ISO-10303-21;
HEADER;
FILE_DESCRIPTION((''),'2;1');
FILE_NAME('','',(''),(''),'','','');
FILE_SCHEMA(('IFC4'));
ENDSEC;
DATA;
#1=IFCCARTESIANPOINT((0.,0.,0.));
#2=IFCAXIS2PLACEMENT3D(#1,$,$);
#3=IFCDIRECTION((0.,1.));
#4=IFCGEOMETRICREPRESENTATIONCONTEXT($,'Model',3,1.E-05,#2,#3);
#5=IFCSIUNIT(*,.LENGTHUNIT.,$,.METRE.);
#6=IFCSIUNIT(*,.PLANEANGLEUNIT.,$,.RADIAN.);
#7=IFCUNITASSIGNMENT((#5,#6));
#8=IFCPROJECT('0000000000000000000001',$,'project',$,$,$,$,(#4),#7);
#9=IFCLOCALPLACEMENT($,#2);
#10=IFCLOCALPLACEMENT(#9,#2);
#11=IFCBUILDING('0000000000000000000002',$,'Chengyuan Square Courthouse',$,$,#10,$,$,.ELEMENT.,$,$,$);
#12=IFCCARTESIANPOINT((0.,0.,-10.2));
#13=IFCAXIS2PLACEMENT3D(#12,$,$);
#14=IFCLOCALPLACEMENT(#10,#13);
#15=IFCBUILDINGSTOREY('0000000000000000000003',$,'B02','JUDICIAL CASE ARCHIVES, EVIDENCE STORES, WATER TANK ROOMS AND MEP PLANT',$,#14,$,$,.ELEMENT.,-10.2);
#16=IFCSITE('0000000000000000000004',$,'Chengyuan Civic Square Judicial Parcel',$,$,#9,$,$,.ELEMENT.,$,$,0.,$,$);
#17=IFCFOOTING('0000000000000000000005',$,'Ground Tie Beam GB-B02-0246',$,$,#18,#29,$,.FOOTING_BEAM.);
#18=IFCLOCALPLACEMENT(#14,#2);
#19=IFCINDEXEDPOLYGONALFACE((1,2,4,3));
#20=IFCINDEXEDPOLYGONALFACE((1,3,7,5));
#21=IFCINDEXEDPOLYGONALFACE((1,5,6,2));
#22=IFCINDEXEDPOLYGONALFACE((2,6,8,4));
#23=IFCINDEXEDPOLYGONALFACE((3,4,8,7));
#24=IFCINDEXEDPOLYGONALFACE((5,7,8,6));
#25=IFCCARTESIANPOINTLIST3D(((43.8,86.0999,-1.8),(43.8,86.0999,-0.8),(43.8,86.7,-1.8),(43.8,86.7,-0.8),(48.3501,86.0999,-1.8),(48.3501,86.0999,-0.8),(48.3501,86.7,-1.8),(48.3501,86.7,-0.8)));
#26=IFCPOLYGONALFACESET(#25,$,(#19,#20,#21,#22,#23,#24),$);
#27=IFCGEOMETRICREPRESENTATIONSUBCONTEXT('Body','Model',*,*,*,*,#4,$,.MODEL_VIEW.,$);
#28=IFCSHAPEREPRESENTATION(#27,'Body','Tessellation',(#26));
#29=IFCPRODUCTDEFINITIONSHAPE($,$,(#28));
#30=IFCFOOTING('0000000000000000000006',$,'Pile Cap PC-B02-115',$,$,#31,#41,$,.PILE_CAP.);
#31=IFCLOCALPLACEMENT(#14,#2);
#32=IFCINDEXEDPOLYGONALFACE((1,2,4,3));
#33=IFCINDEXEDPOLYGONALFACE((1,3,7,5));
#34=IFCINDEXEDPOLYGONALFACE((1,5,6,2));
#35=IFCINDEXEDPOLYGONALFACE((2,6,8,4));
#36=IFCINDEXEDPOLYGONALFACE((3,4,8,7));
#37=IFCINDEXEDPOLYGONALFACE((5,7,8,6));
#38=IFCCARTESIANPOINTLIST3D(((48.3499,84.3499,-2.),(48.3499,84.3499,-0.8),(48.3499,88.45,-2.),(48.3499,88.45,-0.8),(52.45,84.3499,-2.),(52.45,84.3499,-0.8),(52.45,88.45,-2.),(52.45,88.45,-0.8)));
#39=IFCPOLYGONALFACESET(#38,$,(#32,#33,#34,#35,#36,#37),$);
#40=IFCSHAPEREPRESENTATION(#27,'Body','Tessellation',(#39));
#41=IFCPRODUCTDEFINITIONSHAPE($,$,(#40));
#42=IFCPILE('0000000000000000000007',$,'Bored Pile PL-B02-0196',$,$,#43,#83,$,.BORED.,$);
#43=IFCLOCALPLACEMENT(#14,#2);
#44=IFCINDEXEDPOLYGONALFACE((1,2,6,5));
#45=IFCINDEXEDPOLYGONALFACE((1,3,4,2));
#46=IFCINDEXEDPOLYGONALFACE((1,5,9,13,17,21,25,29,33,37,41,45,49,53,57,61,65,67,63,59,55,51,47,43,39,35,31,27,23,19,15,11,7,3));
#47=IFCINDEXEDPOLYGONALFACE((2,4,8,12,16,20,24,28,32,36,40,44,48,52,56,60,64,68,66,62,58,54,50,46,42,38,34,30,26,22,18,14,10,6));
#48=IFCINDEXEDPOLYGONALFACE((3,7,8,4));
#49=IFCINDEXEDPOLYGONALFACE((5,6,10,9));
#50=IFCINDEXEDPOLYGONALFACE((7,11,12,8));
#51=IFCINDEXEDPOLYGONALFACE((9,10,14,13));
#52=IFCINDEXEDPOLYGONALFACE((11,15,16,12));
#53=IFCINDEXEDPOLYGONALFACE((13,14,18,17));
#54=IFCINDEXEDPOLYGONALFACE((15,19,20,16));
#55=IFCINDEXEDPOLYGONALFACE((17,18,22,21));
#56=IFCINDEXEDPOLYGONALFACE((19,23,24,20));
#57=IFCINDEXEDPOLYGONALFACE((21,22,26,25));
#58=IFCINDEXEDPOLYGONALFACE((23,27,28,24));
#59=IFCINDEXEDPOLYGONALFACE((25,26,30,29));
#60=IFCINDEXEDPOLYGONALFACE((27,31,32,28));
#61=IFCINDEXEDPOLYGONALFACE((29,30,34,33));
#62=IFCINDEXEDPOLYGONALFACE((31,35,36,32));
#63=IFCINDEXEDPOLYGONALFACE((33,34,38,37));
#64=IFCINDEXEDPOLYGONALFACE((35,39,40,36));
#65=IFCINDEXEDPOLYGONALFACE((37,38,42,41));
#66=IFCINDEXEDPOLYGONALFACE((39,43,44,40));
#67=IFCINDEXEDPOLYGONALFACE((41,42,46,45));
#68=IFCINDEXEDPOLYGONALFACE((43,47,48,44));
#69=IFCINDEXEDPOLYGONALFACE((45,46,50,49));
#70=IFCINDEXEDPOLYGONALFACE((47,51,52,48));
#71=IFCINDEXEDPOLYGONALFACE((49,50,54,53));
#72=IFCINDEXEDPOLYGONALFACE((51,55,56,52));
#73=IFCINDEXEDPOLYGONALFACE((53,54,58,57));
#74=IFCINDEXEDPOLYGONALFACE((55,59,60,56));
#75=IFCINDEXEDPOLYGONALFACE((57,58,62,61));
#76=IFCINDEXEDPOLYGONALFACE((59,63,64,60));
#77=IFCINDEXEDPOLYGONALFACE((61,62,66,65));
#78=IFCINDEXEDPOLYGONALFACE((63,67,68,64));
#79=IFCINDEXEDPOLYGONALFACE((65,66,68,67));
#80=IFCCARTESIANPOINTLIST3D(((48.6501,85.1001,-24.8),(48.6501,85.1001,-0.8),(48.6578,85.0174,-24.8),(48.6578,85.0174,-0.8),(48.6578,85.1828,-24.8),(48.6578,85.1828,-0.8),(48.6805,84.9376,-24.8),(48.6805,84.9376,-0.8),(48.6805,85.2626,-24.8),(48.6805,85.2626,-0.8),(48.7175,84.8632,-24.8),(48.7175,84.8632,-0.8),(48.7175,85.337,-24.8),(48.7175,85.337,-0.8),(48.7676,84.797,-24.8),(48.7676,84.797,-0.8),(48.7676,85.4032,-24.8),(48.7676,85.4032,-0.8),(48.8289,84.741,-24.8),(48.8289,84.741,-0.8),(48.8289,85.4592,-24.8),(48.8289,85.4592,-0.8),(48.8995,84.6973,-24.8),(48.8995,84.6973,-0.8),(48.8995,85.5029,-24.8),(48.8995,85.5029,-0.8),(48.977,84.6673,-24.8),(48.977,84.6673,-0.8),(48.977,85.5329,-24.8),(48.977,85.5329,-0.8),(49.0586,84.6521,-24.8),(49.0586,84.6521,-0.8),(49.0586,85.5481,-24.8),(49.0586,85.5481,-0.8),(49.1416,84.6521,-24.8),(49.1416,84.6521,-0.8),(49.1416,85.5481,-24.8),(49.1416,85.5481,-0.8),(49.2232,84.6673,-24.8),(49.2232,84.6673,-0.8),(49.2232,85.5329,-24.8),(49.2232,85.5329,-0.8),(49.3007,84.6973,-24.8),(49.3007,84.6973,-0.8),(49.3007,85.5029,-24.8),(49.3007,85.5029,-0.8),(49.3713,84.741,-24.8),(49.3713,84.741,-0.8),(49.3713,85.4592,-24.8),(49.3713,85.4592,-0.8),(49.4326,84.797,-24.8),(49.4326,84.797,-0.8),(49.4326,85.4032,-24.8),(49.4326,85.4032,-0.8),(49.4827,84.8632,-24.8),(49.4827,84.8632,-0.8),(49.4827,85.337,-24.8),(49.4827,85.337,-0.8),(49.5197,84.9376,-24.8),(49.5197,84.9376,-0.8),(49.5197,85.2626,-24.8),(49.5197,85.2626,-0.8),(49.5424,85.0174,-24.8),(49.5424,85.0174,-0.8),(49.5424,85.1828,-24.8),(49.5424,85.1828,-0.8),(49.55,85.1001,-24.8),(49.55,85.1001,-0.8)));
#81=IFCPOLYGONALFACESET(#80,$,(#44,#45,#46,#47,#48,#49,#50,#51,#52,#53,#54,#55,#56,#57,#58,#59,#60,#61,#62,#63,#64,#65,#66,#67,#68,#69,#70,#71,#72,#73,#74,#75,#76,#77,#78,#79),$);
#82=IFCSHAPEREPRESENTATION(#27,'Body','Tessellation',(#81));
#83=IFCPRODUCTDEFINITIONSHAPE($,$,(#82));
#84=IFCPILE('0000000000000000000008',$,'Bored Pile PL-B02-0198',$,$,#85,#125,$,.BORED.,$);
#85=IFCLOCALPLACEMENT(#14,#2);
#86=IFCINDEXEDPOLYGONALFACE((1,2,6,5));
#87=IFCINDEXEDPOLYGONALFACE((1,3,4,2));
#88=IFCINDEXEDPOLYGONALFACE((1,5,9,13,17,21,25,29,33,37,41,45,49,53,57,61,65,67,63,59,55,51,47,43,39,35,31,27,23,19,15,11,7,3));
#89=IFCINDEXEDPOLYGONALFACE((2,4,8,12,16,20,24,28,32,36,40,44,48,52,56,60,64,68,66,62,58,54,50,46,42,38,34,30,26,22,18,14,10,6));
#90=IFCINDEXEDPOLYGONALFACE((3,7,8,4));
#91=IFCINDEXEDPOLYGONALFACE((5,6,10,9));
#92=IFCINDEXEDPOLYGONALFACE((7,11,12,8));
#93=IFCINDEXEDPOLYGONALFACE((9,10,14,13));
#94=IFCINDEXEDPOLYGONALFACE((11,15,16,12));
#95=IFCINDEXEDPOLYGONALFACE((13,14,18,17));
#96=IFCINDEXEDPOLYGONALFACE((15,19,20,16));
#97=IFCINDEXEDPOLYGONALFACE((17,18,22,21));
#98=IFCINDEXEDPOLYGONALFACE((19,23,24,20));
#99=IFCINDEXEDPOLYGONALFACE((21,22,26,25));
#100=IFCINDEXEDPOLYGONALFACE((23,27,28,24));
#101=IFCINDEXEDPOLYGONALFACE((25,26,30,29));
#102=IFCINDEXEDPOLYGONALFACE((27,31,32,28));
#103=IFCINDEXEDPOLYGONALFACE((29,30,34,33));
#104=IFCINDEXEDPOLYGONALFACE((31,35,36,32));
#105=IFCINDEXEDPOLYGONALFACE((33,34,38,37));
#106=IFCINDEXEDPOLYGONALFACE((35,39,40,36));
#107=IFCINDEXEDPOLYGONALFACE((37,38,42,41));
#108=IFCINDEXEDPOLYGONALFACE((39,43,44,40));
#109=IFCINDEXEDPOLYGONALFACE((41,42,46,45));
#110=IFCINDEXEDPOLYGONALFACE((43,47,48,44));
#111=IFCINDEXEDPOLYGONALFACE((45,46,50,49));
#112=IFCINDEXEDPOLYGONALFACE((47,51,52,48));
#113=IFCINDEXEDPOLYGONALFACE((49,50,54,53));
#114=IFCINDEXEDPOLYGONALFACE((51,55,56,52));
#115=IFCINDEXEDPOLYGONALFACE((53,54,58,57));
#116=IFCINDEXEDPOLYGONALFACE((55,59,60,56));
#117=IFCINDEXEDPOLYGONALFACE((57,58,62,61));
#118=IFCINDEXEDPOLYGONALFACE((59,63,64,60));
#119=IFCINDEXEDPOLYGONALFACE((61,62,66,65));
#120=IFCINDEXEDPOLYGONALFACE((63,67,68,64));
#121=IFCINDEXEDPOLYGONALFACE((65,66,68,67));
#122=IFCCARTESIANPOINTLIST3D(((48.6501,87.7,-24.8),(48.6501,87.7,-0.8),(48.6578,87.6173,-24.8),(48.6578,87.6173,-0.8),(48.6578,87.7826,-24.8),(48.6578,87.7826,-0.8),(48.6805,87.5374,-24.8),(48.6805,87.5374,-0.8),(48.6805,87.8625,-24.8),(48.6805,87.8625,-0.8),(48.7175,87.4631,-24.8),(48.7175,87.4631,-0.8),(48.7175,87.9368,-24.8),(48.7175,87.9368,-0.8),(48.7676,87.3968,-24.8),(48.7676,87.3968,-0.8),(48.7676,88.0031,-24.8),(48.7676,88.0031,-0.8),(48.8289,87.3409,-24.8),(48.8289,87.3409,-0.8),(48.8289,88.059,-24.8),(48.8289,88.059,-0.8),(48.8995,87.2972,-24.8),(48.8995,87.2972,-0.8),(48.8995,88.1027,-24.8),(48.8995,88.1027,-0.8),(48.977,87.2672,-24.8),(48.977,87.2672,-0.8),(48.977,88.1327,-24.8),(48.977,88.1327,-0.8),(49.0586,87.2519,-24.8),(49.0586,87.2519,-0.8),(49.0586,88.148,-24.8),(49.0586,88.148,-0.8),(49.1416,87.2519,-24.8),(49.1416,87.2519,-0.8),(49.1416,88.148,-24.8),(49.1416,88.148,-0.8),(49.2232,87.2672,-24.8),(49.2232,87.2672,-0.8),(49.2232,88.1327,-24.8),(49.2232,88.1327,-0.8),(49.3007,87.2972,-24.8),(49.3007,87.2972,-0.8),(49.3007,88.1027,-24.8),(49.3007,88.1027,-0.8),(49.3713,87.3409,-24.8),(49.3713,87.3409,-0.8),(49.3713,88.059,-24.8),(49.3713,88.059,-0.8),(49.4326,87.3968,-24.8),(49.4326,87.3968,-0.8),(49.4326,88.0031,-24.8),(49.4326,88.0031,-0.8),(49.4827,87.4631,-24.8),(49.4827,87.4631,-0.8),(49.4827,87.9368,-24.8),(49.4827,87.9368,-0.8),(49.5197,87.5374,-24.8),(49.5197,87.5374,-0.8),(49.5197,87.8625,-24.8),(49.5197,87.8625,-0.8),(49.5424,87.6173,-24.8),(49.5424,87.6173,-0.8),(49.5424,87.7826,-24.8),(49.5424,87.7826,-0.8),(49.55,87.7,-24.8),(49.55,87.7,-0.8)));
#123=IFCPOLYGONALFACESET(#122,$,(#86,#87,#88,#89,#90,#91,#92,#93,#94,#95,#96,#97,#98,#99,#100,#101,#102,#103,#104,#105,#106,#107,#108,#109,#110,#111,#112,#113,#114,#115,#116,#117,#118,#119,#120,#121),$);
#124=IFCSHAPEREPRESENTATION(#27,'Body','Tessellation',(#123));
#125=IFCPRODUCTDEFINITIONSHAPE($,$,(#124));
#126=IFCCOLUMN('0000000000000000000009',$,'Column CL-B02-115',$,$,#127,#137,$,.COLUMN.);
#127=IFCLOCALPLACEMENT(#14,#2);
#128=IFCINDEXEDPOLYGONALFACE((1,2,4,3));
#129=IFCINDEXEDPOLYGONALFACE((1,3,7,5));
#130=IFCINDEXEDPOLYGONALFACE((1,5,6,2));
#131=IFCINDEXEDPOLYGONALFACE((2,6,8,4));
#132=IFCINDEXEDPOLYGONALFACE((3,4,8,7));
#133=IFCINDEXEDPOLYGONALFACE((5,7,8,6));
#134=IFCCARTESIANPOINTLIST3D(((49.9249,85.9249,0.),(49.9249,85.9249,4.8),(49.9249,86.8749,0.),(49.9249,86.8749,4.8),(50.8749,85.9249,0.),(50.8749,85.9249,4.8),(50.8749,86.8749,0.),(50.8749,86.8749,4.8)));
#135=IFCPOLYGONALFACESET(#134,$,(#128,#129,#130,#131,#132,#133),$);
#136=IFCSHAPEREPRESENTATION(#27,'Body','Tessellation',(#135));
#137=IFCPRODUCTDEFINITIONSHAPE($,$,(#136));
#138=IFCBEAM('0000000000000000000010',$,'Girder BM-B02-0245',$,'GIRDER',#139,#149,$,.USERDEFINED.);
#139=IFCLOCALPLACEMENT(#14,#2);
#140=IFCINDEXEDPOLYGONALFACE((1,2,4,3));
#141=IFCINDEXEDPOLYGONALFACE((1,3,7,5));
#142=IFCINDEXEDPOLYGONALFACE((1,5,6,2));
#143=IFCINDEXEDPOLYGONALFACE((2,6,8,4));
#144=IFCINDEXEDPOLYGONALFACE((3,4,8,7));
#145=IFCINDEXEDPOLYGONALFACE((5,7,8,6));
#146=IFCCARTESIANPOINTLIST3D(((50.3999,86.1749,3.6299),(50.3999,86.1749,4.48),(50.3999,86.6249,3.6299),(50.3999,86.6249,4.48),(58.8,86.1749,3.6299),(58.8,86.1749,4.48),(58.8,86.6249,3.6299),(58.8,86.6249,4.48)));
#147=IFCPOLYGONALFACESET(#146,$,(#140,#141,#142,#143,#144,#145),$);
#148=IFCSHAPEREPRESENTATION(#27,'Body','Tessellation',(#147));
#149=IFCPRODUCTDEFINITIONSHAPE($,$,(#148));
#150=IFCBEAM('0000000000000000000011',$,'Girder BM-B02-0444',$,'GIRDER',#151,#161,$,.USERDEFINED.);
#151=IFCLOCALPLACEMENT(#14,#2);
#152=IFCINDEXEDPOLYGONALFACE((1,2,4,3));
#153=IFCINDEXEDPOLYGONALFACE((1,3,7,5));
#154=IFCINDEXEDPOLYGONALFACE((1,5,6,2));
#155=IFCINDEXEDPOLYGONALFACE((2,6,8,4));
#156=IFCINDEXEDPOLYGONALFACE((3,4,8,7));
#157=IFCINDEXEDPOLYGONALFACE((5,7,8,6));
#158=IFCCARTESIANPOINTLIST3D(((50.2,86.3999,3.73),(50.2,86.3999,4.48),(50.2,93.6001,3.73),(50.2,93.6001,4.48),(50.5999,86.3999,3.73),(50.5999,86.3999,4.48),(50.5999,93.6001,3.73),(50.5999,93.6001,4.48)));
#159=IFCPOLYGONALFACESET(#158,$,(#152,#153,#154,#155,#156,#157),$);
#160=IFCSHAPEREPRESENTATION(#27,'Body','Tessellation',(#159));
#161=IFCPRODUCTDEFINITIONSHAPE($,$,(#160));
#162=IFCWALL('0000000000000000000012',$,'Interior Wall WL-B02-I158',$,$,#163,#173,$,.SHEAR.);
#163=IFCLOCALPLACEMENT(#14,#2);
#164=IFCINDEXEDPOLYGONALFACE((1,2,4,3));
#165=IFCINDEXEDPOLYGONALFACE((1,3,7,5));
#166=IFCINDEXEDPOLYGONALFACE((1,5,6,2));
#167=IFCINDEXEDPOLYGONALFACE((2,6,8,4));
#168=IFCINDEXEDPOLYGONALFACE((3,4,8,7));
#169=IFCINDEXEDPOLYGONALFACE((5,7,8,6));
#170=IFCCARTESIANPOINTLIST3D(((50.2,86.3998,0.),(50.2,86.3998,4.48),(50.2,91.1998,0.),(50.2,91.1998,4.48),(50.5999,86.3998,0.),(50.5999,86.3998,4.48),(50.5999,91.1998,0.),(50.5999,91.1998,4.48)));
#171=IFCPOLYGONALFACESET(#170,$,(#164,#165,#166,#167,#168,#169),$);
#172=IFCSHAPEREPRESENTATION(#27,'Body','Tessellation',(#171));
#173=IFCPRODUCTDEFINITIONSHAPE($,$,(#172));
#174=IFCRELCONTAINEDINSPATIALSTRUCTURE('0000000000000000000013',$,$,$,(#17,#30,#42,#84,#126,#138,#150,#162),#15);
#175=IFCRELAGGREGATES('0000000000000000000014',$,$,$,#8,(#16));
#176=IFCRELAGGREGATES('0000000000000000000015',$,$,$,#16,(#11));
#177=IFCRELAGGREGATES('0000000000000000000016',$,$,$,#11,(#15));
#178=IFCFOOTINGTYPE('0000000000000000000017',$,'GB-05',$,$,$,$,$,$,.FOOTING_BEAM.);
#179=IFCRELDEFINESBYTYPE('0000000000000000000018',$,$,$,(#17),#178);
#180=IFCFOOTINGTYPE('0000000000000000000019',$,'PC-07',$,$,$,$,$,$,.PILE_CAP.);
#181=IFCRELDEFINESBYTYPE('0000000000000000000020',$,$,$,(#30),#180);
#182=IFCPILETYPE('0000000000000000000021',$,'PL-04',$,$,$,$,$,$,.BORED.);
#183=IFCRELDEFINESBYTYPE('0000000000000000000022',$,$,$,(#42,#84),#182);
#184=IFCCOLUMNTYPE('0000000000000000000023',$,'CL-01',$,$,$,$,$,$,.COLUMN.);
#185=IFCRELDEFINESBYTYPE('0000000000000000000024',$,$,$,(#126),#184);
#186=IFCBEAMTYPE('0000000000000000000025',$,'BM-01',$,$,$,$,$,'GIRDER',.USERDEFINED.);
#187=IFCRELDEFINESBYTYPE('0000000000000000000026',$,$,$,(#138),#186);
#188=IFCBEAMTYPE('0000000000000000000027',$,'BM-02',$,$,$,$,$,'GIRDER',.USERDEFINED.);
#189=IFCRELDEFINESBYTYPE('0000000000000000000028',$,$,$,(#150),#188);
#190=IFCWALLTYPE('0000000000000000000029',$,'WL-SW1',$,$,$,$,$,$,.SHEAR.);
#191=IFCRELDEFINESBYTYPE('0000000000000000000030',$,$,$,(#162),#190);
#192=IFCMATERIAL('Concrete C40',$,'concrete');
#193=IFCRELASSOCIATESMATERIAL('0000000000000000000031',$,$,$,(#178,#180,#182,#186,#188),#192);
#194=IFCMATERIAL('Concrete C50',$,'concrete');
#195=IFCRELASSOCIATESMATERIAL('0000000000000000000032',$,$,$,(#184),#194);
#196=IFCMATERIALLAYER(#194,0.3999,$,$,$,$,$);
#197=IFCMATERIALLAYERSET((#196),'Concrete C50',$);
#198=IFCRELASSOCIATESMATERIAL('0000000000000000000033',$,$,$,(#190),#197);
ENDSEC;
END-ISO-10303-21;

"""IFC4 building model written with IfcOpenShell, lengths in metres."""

from ifc_helpers import new_model, si_unit, direction, frame, frame_2d, origin, origin_2d, place, context, subcontext, project, spatial, rectangle, circle, extrude, material, layer, layer_set, material_profile, profile_set, type_object, element, save


model = new_model("IFC4")

# Units and contexts
model_context = context("Model", 3, precision=1e-05, world=origin(), true_north=direction((0.0, 1.0)))
body_context = subcontext(model_context, "Body", "Model", "MODEL_VIEW")
ifc_project = project(units=[si_unit("LENGTHUNIT", "METRE"), si_unit("PLANEANGLEUNIT", "RADIAN")], contexts=[model_context])

# Site, building, storey
site_placement = place(None, origin())
site = spatial("IfcSite", under=ifc_project, at=site_placement, Name="Chengyuan Civic Square Judicial Parcel", CompositionType="ELEMENT", RefElevation=0.0)
building_placement = place(site_placement, origin())
building = spatial("IfcBuilding", under=site, at=building_placement, Name="Chengyuan Square Courthouse", CompositionType="ELEMENT")
storey_placement = place(building_placement, frame((0.0, 0.0, -10.2)))
storey = spatial("IfcBuildingStorey", under=building, at=storey_placement, Name="B02", Description="JUDICIAL CASE ARCHIVES, EVIDENCE STORES, WATER TANK ROOMS AND MEP PLANT", CompositionType="ELEMENT", Elevation=-10.2)

# Footings
ifc_material_1 = material(Name="Concrete C40", Category="concrete")
ifc_material_profile_1 = material_profile(ifc_material_1, rectangle(XDim=0.6001, YDim=1.0, at=origin_2d()), Name="GB-600x1000")
ifc_profile_set_1 = profile_set([ifc_material_profile_1], Name="Concrete C40")
footing_type_1 = type_object("IfcFootingType", Name="GB-05", PredefinedType="FOOTING_BEAM", material=ifc_profile_set_1)
footing_1_placement = place(storey_placement, frame((43.8, 86.3999, -1.3), z_axis=(1.0, 0.0, 0.0), x_axis=(0.0, 1.0, 0.0)))
element("IfcFooting", 1, at=footing_1_placement, inside=storey, type_object=footing_type_1, Name="Ground Tie Beam GB-B02-0246", PredefinedType="FOOTING_BEAM", context=body_context, shape_type="SweptSolid", body=[
    extrude(rectangle(XDim=0.6001, YDim=1.0, at=origin_2d()), origin(), (0.0, 0.0, 1.0), 4.55),
])
footing_type_2 = type_object("IfcFootingType", Name="PC-07", PredefinedType="PILE_CAP", material=ifc_material_1)
footing_2_placement = place(storey_placement, frame((50.3999, 86.3999, -2.0), z_axis=(0.0, 0.0, 1.0), x_axis=(1.0, 0.0, 0.0)))
element("IfcFooting", 2, at=footing_2_placement, inside=storey, type_object=footing_type_2, Name="Pile Cap PC-B02-115", PredefinedType="PILE_CAP", context=body_context, shape_type="SweptSolid", body=[
    extrude(rectangle(XDim=4.1001, YDim=4.1001, at=origin_2d()), origin(), (0.0, 0.0, 1.0), 1.2),
])

# Piles
ifc_material_profile_2 = material_profile(ifc_material_1, circle(Radius=0.45, at=origin_2d()), Name="BORED PILE D900")
ifc_profile_set_2 = profile_set([ifc_material_profile_2], Name="Concrete C40")
pile_type = type_object("IfcPileType", Name="PL-04", PredefinedType="BORED", material=ifc_profile_set_2)
for number, where, z_axis, x_axis, name in (
    (3, (49.1001, 85.1001, -0.8), (0.0, 0.0, -1.0), (1.0, 0.0, 0.0), "Bored Pile PL-B02-0196"),
    (4, (49.1001, 87.7, -0.8), (0.0, 0.0, -1.0), (1.0, 0.0, 0.0), "Bored Pile PL-B02-0198"),
):
    element("IfcPile", number, at=place(storey_placement, frame(where, z_axis=z_axis, x_axis=x_axis)), inside=storey, type_object=pile_type, Name=name, PredefinedType="BORED", context=body_context, shape_type="SweptSolid", body=[
        extrude(circle(Radius=0.45, at=origin_2d()), origin(), (0.0, 0.0, 1.0), 24.0),
    ])

# Column
ifc_material_2 = material(Name="Concrete C50", Category="concrete")
ifc_material_profile_3 = material_profile(ifc_material_2, rectangle(XDim=0.95, YDim=0.95, at=origin_2d()), Name="RC-COL-950x950")
ifc_profile_set_3 = profile_set([ifc_material_profile_3], Name="Concrete C50")
column_type = type_object("IfcColumnType", Name="CL-01", PredefinedType="COLUMN", material=ifc_profile_set_3)
column_placement = place(storey_placement, frame((50.3999, 86.3999, 0.0), z_axis=(0.0, 0.0, 1.0), x_axis=(1.0, 0.0, 0.0)))
element("IfcColumn", 5, at=column_placement, inside=storey, type_object=column_type, Name="Column CL-B02-115", PredefinedType="COLUMN", context=body_context, shape_type="SweptSolid", body=[
    extrude(rectangle(XDim=0.95, YDim=0.95, at=origin_2d()), origin(), (0.0, 0.0, 1.0), 4.8),
])

# Beams
ifc_material_profile_4 = material_profile(ifc_material_1, rectangle(XDim=0.45, YDim=0.8501, at=origin_2d()), Name="RC-BM-450x850")
ifc_profile_set_4 = profile_set([ifc_material_profile_4], Name="Concrete C40")
beam_type_1 = type_object("IfcBeamType", Name="BM-01", ElementType="GIRDER", PredefinedType="USERDEFINED", material=ifc_profile_set_4)
beam_1_placement = place(storey_placement, frame((50.3999, 86.3999, 4.0549), z_axis=(1.0, 0.0, 0.0), x_axis=(0.0, 1.0, 0.0)))
element("IfcBeam", 6, at=beam_1_placement, inside=storey, type_object=beam_type_1, Name="Girder BM-B02-0245", ObjectType="GIRDER", PredefinedType="USERDEFINED", context=body_context, shape_type="SweptSolid", body=[
    extrude(rectangle(XDim=0.45, YDim=0.8501, at=origin_2d()), origin(), (0.0, 0.0, 1.0), 8.4001),
])
ifc_material_profile_5 = material_profile(ifc_material_1, rectangle(XDim=0.3999, YDim=0.75, at=origin_2d()), Name="RC-BM-400x750")
ifc_profile_set_5 = profile_set([ifc_material_profile_5], Name="Concrete C40")
beam_type_2 = type_object("IfcBeamType", Name="BM-02", ElementType="GIRDER", PredefinedType="USERDEFINED", material=ifc_profile_set_5)
beam_2_placement = place(storey_placement, frame((50.3999, 86.3999, 4.105), z_axis=(0.0, 1.0, 0.0), x_axis=(-1.0, 0.0, 0.0)))
element("IfcBeam", 7, at=beam_2_placement, inside=storey, type_object=beam_type_2, Name="Girder BM-B02-0444", ObjectType="GIRDER", PredefinedType="USERDEFINED", context=body_context, shape_type="SweptSolid", body=[
    extrude(rectangle(XDim=0.3999, YDim=0.75, at=origin_2d()), origin(), (0.0, 0.0, 1.0), 7.2002),
])

# Wall
ifc_layer_1 = layer(ifc_material_2, 0.3999)
ifc_layer_set_1 = layer_set([ifc_layer_1], Name="Concrete C50")
wall_type_1 = type_object("IfcWallType", Name="WL-SW1", PredefinedType="SHEAR", material=ifc_layer_set_1)
wall_1_placement = place(storey_placement, frame((50.3999, 86.3999, 0.0), z_axis=(0.0, 0.0, 1.0), x_axis=(0.0, 1.0, 0.0)))
element("IfcWall", 8, at=wall_1_placement, inside=storey, type_object=wall_type_1, Name="Interior Wall WL-B02-I158", PredefinedType="SHEAR", context=body_context, shape_type="SweptSolid", body=[
    extrude(rectangle(XDim=4.8, YDim=0.3999, at=frame_2d((2.3999, 0.0))), origin(), (0.0, 0.0, 1.0), 4.48),
])

save(model, "model.ifc")
